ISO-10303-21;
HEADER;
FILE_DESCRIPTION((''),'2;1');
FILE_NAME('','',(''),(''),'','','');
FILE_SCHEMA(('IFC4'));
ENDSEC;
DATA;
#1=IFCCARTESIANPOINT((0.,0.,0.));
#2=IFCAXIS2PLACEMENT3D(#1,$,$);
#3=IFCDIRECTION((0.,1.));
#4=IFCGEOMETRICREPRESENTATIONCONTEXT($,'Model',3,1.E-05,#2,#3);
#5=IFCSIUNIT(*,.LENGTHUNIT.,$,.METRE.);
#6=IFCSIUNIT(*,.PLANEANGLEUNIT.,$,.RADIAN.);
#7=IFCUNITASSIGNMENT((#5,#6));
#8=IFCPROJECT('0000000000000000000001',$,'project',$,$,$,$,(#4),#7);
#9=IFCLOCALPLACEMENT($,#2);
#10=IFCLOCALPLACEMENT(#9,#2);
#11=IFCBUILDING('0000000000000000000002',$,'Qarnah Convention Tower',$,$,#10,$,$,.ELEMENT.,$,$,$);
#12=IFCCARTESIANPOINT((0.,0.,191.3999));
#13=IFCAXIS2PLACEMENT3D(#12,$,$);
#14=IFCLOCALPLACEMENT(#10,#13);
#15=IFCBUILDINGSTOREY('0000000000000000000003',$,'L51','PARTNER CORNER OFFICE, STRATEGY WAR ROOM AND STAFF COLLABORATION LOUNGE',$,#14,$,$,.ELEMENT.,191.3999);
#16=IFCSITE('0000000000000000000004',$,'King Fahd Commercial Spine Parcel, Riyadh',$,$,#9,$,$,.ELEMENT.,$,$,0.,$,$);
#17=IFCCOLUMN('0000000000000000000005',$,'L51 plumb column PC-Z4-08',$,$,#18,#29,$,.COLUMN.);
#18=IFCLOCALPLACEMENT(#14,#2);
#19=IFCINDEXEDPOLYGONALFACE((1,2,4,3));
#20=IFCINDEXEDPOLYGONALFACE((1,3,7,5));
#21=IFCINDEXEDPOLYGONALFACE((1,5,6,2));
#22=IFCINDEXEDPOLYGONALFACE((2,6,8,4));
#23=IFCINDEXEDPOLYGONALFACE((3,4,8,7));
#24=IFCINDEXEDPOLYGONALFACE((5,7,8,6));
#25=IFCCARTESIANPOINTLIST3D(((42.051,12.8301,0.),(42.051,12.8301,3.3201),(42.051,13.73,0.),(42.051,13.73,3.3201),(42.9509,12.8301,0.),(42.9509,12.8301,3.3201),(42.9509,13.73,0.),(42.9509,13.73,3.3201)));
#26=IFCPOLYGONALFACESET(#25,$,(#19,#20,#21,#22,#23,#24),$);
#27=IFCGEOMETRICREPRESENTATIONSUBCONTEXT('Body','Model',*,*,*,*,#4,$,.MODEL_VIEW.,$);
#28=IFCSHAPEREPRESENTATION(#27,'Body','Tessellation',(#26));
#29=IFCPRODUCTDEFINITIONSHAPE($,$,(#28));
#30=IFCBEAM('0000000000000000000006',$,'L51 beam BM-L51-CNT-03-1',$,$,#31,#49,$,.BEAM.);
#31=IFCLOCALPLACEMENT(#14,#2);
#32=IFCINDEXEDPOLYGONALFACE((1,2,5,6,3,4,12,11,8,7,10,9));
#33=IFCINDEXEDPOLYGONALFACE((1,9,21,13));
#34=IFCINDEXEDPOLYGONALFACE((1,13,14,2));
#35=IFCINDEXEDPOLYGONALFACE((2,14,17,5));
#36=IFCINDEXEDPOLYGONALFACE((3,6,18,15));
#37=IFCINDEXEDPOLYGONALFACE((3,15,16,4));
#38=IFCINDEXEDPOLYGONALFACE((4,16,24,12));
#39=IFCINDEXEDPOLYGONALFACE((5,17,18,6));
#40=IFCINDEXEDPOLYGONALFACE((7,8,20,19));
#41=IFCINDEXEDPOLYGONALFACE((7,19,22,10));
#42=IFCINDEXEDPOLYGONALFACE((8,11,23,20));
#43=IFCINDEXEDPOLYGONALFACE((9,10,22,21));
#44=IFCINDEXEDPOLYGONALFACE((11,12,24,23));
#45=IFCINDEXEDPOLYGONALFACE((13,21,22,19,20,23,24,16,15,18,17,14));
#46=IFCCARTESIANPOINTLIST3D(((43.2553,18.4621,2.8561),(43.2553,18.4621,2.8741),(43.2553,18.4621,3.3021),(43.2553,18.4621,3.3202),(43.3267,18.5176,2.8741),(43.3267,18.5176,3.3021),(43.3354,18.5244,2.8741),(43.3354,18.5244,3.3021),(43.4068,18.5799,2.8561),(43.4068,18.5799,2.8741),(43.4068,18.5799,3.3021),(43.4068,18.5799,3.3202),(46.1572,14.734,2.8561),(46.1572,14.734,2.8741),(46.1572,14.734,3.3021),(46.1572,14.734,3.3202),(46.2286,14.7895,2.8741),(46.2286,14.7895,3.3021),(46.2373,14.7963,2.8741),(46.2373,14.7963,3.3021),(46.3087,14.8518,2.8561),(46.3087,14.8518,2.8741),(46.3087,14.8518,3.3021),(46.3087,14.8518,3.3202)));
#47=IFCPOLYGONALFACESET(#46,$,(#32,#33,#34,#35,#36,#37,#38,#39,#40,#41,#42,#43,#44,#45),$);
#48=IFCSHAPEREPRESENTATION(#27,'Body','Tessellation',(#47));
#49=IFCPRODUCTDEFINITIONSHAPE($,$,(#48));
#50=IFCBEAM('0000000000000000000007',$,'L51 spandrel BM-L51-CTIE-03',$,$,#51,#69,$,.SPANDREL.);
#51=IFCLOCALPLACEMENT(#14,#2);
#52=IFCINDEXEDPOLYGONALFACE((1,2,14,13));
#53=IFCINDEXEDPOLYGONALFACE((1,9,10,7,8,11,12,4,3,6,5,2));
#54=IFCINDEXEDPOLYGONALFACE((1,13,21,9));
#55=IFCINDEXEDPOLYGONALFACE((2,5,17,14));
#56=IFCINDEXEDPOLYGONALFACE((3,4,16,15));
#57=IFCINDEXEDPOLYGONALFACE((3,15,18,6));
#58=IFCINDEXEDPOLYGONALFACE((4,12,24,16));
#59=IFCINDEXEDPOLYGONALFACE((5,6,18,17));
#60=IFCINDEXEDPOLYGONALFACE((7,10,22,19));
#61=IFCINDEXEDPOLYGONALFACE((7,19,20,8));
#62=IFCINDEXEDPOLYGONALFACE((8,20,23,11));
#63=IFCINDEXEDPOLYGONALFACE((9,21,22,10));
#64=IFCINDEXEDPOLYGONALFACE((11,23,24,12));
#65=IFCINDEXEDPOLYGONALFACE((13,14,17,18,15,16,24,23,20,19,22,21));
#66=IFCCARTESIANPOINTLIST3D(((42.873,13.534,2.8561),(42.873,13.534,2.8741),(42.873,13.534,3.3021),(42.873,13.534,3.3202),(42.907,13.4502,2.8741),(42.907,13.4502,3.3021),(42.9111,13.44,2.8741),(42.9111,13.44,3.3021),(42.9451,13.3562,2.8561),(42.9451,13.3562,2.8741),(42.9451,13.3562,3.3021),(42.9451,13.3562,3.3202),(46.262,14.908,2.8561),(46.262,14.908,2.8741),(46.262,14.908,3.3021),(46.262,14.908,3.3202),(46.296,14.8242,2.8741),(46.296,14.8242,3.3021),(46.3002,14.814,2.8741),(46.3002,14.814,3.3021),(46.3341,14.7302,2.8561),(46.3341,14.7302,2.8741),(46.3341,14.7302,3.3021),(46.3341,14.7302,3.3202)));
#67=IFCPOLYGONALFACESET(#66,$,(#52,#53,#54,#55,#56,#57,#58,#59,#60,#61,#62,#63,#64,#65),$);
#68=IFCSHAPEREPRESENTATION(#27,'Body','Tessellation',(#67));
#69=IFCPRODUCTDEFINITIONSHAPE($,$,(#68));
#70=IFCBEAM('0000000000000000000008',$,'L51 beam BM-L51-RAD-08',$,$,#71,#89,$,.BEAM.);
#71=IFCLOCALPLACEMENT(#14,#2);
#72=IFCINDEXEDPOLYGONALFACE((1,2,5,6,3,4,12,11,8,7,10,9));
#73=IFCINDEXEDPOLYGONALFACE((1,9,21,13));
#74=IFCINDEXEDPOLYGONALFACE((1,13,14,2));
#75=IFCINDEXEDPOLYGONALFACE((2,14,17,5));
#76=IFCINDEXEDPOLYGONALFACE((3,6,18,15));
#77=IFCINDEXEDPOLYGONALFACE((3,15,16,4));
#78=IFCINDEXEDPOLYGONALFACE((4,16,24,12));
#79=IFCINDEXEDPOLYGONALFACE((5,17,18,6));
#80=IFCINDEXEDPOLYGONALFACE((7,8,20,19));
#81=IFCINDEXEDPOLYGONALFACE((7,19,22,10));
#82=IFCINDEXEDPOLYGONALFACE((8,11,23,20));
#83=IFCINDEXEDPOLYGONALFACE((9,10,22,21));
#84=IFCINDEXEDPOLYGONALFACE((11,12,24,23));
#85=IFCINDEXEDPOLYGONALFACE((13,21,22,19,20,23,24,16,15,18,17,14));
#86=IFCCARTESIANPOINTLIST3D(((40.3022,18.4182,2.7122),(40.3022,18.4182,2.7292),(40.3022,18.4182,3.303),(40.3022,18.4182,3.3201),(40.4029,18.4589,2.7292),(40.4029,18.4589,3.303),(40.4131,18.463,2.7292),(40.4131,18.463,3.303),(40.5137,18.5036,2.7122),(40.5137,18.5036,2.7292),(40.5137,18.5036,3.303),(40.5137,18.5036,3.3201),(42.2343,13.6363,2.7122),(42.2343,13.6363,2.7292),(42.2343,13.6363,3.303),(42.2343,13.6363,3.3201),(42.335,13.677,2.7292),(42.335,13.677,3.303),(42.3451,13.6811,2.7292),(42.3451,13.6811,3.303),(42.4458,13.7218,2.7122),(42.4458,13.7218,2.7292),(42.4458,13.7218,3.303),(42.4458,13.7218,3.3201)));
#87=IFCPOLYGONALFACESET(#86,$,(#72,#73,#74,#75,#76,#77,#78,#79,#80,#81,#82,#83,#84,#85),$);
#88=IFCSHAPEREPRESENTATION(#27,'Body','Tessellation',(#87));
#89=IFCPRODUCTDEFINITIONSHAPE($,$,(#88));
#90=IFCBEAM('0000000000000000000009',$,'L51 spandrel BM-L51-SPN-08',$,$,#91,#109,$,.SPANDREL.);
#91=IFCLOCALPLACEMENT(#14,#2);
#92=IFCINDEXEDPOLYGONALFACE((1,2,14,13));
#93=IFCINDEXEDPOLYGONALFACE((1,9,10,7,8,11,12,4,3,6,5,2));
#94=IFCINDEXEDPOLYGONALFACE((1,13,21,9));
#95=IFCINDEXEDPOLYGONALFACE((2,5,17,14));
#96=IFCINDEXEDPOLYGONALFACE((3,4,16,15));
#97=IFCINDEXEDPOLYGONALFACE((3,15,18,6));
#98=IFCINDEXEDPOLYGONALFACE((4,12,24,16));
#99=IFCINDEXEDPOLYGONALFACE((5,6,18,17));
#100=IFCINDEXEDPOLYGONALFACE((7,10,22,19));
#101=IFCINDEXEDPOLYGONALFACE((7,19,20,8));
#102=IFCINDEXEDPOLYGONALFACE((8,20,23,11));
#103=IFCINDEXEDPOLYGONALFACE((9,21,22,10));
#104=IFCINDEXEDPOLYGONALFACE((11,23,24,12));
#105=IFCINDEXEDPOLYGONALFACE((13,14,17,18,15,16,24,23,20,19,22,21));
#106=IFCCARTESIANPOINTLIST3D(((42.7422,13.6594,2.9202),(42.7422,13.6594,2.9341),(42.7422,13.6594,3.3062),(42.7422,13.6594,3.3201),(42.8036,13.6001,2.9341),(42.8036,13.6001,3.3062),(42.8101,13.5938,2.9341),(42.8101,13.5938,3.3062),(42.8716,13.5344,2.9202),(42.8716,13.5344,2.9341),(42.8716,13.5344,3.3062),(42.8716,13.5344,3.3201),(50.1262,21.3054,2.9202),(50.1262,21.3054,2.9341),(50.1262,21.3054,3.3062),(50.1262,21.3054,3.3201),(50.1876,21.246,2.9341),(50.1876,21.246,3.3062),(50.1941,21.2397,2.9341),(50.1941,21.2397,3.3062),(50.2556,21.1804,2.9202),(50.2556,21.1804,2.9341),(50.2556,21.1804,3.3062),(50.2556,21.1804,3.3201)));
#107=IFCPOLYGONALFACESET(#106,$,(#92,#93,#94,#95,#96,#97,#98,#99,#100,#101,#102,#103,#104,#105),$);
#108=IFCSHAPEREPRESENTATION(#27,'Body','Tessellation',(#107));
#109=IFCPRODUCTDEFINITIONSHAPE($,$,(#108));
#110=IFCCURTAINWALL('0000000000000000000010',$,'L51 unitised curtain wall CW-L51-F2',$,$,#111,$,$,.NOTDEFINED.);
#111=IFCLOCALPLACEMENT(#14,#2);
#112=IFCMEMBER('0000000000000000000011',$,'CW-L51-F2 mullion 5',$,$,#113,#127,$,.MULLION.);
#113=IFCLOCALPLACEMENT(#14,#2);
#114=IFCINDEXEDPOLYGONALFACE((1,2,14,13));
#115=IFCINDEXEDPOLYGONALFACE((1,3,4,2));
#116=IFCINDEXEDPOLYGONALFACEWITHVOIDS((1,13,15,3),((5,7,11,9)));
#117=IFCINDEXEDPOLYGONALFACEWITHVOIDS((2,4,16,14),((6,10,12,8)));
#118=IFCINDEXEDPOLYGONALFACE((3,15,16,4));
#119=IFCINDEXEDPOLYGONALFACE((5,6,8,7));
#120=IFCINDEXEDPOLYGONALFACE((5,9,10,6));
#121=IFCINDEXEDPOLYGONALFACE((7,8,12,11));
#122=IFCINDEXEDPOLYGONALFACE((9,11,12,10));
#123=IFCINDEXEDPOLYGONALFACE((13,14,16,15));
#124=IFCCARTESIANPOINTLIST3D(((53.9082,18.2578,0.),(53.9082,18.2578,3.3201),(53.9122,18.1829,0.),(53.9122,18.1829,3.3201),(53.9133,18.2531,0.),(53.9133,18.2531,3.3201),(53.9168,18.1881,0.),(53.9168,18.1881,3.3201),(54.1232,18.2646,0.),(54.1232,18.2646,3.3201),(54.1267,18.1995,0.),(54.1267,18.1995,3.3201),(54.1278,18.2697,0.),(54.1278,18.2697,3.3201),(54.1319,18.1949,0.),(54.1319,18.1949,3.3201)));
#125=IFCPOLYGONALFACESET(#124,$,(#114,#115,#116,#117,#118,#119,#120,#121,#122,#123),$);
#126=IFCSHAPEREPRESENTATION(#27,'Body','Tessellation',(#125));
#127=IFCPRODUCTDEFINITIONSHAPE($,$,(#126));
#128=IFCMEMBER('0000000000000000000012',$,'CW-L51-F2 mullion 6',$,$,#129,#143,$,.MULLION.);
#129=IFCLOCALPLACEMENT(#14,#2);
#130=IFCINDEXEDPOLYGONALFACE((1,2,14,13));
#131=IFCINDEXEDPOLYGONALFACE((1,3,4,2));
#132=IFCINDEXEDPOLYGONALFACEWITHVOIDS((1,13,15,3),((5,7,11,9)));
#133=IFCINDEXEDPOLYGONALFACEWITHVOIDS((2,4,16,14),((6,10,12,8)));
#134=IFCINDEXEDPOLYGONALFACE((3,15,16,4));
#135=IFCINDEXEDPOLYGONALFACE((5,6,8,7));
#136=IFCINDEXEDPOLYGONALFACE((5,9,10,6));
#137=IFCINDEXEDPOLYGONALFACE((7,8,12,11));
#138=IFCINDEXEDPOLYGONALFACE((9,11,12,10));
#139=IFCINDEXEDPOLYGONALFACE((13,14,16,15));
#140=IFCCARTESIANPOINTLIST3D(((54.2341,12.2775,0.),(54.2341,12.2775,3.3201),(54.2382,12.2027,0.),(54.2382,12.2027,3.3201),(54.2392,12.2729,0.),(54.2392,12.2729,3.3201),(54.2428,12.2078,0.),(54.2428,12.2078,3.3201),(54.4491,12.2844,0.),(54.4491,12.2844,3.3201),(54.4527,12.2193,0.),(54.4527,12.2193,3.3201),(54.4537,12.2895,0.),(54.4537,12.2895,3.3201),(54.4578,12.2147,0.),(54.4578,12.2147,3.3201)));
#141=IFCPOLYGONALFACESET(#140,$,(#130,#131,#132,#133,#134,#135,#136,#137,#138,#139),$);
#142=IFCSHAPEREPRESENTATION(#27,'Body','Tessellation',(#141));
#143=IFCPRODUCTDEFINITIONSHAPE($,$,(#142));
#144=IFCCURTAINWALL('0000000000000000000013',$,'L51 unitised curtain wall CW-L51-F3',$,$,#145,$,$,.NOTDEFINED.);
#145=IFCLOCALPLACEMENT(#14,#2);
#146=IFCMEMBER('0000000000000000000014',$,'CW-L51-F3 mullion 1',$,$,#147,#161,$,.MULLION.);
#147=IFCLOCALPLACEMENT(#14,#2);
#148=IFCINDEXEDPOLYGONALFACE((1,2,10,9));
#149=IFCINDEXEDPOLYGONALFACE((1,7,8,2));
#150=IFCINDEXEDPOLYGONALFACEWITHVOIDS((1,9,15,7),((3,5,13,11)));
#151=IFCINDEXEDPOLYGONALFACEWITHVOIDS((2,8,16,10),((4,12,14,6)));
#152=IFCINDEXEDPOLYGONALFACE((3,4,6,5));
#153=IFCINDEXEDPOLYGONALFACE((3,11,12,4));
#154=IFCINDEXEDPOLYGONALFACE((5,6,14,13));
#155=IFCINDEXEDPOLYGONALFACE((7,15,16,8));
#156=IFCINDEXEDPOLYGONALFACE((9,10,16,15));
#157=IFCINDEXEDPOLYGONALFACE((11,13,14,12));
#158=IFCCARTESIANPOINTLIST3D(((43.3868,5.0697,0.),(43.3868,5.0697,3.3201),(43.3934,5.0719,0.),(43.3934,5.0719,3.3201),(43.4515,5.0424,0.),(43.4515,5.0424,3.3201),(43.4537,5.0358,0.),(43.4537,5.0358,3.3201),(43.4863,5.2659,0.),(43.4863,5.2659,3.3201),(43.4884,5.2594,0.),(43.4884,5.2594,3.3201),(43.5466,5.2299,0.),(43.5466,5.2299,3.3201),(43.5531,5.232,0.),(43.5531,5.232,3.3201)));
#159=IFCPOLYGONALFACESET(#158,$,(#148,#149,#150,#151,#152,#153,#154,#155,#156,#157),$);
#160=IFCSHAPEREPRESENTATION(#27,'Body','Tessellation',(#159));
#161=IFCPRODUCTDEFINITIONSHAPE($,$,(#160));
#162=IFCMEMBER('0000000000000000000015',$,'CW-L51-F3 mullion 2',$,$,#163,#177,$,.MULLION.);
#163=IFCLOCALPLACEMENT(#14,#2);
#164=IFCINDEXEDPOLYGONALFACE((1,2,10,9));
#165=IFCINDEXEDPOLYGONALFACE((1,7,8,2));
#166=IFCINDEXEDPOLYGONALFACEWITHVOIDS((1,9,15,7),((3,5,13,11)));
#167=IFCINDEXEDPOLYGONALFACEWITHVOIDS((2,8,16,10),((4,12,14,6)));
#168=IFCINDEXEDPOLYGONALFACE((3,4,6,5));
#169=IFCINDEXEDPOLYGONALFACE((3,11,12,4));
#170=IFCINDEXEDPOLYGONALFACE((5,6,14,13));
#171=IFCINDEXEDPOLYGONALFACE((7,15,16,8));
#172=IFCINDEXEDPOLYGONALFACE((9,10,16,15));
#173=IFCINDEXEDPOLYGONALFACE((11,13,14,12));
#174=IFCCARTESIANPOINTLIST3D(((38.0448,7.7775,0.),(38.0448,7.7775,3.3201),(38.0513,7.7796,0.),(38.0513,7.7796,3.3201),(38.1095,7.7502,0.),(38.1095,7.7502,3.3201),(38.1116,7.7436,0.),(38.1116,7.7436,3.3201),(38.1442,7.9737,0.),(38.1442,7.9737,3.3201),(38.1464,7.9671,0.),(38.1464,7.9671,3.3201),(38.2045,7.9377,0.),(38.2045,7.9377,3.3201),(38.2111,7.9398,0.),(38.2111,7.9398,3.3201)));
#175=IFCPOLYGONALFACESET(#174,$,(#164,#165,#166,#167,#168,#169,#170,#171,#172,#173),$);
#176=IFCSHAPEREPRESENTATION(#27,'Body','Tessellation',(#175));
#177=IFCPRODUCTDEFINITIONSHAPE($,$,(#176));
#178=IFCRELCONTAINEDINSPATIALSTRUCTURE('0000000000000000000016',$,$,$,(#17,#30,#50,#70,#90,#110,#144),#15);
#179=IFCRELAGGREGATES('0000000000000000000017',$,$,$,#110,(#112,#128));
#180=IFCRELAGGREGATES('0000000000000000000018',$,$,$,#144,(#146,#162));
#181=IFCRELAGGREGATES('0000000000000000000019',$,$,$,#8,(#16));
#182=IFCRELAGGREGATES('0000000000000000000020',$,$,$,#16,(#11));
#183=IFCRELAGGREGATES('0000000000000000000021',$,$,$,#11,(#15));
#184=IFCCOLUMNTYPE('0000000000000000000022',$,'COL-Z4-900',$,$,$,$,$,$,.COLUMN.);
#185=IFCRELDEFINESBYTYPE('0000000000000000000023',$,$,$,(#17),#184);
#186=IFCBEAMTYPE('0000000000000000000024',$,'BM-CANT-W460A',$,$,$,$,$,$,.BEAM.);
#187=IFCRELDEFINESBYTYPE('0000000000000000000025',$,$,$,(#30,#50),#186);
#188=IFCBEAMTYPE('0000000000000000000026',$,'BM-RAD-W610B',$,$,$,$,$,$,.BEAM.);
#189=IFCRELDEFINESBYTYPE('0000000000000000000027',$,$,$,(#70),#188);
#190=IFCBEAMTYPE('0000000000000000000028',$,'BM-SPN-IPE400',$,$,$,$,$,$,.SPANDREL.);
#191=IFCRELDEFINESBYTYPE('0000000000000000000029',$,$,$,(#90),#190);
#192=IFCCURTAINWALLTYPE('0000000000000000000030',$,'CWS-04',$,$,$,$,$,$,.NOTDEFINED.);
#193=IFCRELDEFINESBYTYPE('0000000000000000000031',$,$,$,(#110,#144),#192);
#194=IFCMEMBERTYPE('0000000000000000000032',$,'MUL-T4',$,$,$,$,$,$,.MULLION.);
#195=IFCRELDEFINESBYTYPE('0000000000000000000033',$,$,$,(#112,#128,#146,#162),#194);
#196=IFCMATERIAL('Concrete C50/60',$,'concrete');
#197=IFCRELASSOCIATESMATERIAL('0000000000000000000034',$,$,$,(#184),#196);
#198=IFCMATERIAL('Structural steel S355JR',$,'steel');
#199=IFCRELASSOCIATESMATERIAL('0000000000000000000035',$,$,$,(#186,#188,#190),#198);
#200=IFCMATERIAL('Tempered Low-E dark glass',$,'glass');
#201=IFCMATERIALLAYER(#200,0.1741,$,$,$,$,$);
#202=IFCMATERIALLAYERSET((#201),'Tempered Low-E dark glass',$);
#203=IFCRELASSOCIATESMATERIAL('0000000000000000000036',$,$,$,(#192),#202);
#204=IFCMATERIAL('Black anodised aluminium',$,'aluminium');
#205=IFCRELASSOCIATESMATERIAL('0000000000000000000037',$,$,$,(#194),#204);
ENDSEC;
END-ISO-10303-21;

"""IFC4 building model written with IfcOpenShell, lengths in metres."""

from ifc_helpers import new_model, si_unit, direction, frame, origin, origin_2d, place, context, subcontext, project, spatial, rectangle, hollow_rectangle, i_section, extrude, material, layer, layer_set, material_profile, profile_set, type_object, element, aggregate, save


model = new_model("IFC4")

# Units and contexts
model_context = context("Model", 3, precision=1e-05, world=origin(), true_north=direction((0.0, 1.0)))
body_context = subcontext(model_context, "Body", "Model", "MODEL_VIEW")
ifc_project = project(units=[si_unit("LENGTHUNIT", "METRE"), si_unit("PLANEANGLEUNIT", "RADIAN")], contexts=[model_context])

# Site, building, storey
site_placement = place(None, origin())
site = spatial("IfcSite", under=ifc_project, at=site_placement, Name="King Fahd Commercial Spine Parcel, Riyadh", CompositionType="ELEMENT", RefElevation=0.0)
building_placement = place(site_placement, origin())
building = spatial("IfcBuilding", under=site, at=building_placement, Name="Qarnah Convention Tower", CompositionType="ELEMENT")
storey_placement = place(building_placement, frame((0.0, 0.0, 191.3999)))
storey = spatial("IfcBuildingStorey", under=building, at=storey_placement, Name="L51", Description="PARTNER CORNER OFFICE, STRATEGY WAR ROOM AND STAFF COLLABORATION LOUNGE", CompositionType="ELEMENT", Elevation=191.3999)

# Column
ifc_material_1 = material(Name="Concrete C50/60", Category="concrete")
ifc_material_profile_1 = material_profile(ifc_material_1, rectangle(XDim=0.8999, YDim=0.8999, at=origin_2d()), Name="RC-COL-900X900")
ifc_profile_set_1 = profile_set([ifc_material_profile_1], Name="Concrete C50/60")
column_type = type_object("IfcColumnType", Name="COL-Z4-900", PredefinedType="COLUMN", material=ifc_profile_set_1)
column_placement = place(storey_placement, frame((42.501, 13.28, 0.0), z_axis=(0.0, 0.0, 1.0), x_axis=(1.0, 0.0, 0.0)))
element("IfcColumn", 1, at=column_placement, inside=storey, type_object=column_type, Name="L51 plumb column PC-Z4-08", PredefinedType="COLUMN", context=body_context, shape_type="SweptSolid", body=[
    extrude(rectangle(XDim=0.8999, YDim=0.8999, at=origin_2d()), origin(), (0.0, 0.0, 1.0), 3.3201),
])

# Beams
ifc_material_2 = material(Name="Structural steel S355JR", Category="steel")
ifc_material_profile_2 = material_profile(ifc_material_2, i_section(OverallWidth=0.1919, OverallDepth=0.4641, WebThickness=0.011, FlangeThickness=0.0181, at=origin_2d()), Name="W460X89")
ifc_profile_set_2 = profile_set([ifc_material_profile_2], Name="Structural steel S355JR")
beam_type_1 = type_object("IfcBeamType", Name="BM-CANT-W460A", PredefinedType="BEAM", material=ifc_profile_set_2)
beam_1_placement = place(storey_placement, frame((43.3311, 18.521, 3.0881), z_axis=(0.614241, -0.789118, 0.0), x_axis=(0.789118, 0.614241, 0.0)))
element("IfcBeam", 2, at=beam_1_placement, inside=storey, type_object=beam_type_1, Name="L51 beam BM-L51-CNT-03-1", PredefinedType="BEAM", context=body_context, shape_type="SweptSolid", body=[
    extrude(i_section(OverallWidth=0.1919, OverallDepth=0.4641, WebThickness=0.011, FlangeThickness=0.0181, at=origin_2d()), origin(), (0.0, 0.0, 1.0), 4.7244),
])
beam_2_placement = place(storey_placement, frame((46.2981, 14.8191, 3.0881), z_axis=(-0.926735, -0.375714, 0.0), x_axis=(0.375714, -0.926735, 0.0)))
element("IfcBeam", 3, at=beam_2_placement, inside=storey, type_object=beam_type_1, Name="L51 spandrel BM-L51-CTIE-03", PredefinedType="SPANDREL", context=body_context, shape_type="SweptSolid", body=[
    extrude(i_section(OverallWidth=0.1919, OverallDepth=0.4641, WebThickness=0.011, FlangeThickness=0.0181, at=origin_2d()), origin(), (0.0, 0.0, 1.0), 3.657),
])
ifc_material_profile_3 = material_profile(ifc_material_2, i_section(OverallWidth=0.228, OverallDepth=0.6079, WebThickness=0.011, FlangeThickness=0.0171, at=origin_2d()), Name="W610X113")
ifc_profile_set_3 = profile_set([ifc_material_profile_3], Name="Structural steel S355JR")
beam_type_2 = type_object("IfcBeamType", Name="BM-RAD-W610B", PredefinedType="BEAM", material=ifc_profile_set_3)
beam_3_placement = place(storey_placement, frame((40.408, 18.4609, 3.0161), z_axis=(0.37462, -0.927178, 0.0), x_axis=(0.927178, 0.37462, 0.0)))
element("IfcBeam", 4, at=beam_3_placement, inside=storey, type_object=beam_type_2, Name="L51 beam BM-L51-RAD-08", PredefinedType="BEAM", context=body_context, shape_type="SweptSolid", body=[
    extrude(i_section(OverallWidth=0.228, OverallDepth=0.6079, WebThickness=0.011, FlangeThickness=0.0171, at=origin_2d()), origin(), (0.0, 0.0, 1.0), 5.1575),
])
ifc_material_profile_4 = material_profile(ifc_material_2, i_section(OverallWidth=0.1799, OverallDepth=0.3999, WebThickness=0.009, FlangeThickness=0.0139, at=origin_2d()), Name="IPE400")
ifc_profile_set_4 = profile_set([ifc_material_profile_4], Name="Structural steel S355JR")
beam_type_3 = type_object("IfcBeamType", Name="BM-SPN-IPE400", PredefinedType="SPANDREL", material=ifc_profile_set_4)
beam_4_placement = place(storey_placement, frame((42.8069, 13.5969, 3.1201), z_axis=(0.694677, 0.719322, 0.0), x_axis=(-0.719322, 0.694677, 0.0)))
element("IfcBeam", 5, at=beam_4_placement, inside=storey, type_object=beam_type_3, Name="L51 spandrel BM-L51-SPN-08", PredefinedType="SPANDREL", context=body_context, shape_type="SweptSolid", body=[
    extrude(i_section(OverallWidth=0.1799, OverallDepth=0.3999, WebThickness=0.009, FlangeThickness=0.0139, at=origin_2d()), origin(), (0.0, 0.0, 1.0), 10.6294),
])

# Curtain walls, members
ifc_material_3 = material(Name="Tempered Low-E dark glass", Category="glass")
ifc_layer_1 = layer(ifc_material_3, 0.1741)
ifc_layer_set_1 = layer_set([ifc_layer_1], Name="Tempered Low-E dark glass")
curtain_wall_type = type_object("IfcCurtainWallType", Name="CWS-04", PredefinedType="NOTDEFINED", material=ifc_layer_set_1)
curtain_wall_1_placement = place(storey_placement, origin())
curtain_wall_1 = element("IfcCurtainWall", 6, at=curtain_wall_1_placement, inside=storey, type_object=curtain_wall_type, Name="L51 unitised curtain wall CW-L51-F2", PredefinedType="NOTDEFINED")
ifc_material_4 = material(Name="Black anodised aluminium", Category="aluminium")
ifc_material_profile_5 = material_profile(ifc_material_4, hollow_rectangle(XDim=0.075, YDim=0.22, WallThickness=0.0049, at=origin_2d()), Name="MUL-75X220")
ifc_profile_set_5 = profile_set([ifc_material_profile_5], Name="Black anodised aluminium")
member_type_1 = type_object("IfcMemberType", Name="MUL-T4", PredefinedType="MULLION", material=ifc_profile_set_5)
member_1_placement = place(storey_placement, frame((54.02, 18.2263, 0.0), z_axis=(0.0, 0.0, 1.0), x_axis=(0.054432, -0.998517, 0.0)))
member_1 = element("IfcMember", 7, at=member_1_placement, type_object=member_type_1, Name="CW-L51-F2 mullion 5", PredefinedType="MULLION", context=body_context, shape_type="SweptSolid", body=[
    extrude(hollow_rectangle(XDim=0.075, YDim=0.22, WallThickness=0.0049, at=origin_2d()), origin(), (0.0, 0.0, 1.0), 3.3201),
])
member_2_placement = place(storey_placement, frame((54.3459, 12.2461, 0.0), z_axis=(0.0, 0.0, 1.0), x_axis=(0.054432, -0.998517, 0.0)))
member_2 = element("IfcMember", 8, at=member_2_placement, type_object=member_type_1, Name="CW-L51-F2 mullion 6", PredefinedType="MULLION", context=body_context, shape_type="SweptSolid", body=[
    extrude(hollow_rectangle(XDim=0.075, YDim=0.22, WallThickness=0.0049, at=origin_2d()), origin(), (0.0, 0.0, 1.0), 3.3201),
])
curtain_wall_2_placement = place(storey_placement, origin())
curtain_wall_2 = element("IfcCurtainWall", 9, at=curtain_wall_2_placement, inside=storey, type_object=curtain_wall_type, Name="L51 unitised curtain wall CW-L51-F3", PredefinedType="NOTDEFINED")
member_3_placement = place(storey_placement, frame((43.47, 5.1509, 0.0), z_axis=(0.0, 0.0, 1.0), x_axis=(-0.891969, 0.452096, 0.0)))
member_3 = element("IfcMember", 10, at=member_3_placement, type_object=member_type_1, Name="CW-L51-F3 mullion 1", PredefinedType="MULLION", context=body_context, shape_type="SweptSolid", body=[
    extrude(hollow_rectangle(XDim=0.075, YDim=0.22, WallThickness=0.0049, at=origin_2d()), origin(), (0.0, 0.0, 1.0), 3.3201),
])
member_4_placement = place(storey_placement, frame((38.1279, 7.8586, 0.0), z_axis=(0.0, 0.0, 1.0), x_axis=(-0.891969, 0.452096, 0.0)))
member_4 = element("IfcMember", 11, at=member_4_placement, type_object=member_type_1, Name="CW-L51-F3 mullion 2", PredefinedType="MULLION", context=body_context, shape_type="SweptSolid", body=[
    extrude(hollow_rectangle(XDim=0.075, YDim=0.22, WallThickness=0.0049, at=origin_2d()), origin(), (0.0, 0.0, 1.0), 3.3201),
])

aggregate(curtain_wall_1, [member_1, member_2])
aggregate(curtain_wall_2, [member_3, member_4])

save(model, "model.ifc")
